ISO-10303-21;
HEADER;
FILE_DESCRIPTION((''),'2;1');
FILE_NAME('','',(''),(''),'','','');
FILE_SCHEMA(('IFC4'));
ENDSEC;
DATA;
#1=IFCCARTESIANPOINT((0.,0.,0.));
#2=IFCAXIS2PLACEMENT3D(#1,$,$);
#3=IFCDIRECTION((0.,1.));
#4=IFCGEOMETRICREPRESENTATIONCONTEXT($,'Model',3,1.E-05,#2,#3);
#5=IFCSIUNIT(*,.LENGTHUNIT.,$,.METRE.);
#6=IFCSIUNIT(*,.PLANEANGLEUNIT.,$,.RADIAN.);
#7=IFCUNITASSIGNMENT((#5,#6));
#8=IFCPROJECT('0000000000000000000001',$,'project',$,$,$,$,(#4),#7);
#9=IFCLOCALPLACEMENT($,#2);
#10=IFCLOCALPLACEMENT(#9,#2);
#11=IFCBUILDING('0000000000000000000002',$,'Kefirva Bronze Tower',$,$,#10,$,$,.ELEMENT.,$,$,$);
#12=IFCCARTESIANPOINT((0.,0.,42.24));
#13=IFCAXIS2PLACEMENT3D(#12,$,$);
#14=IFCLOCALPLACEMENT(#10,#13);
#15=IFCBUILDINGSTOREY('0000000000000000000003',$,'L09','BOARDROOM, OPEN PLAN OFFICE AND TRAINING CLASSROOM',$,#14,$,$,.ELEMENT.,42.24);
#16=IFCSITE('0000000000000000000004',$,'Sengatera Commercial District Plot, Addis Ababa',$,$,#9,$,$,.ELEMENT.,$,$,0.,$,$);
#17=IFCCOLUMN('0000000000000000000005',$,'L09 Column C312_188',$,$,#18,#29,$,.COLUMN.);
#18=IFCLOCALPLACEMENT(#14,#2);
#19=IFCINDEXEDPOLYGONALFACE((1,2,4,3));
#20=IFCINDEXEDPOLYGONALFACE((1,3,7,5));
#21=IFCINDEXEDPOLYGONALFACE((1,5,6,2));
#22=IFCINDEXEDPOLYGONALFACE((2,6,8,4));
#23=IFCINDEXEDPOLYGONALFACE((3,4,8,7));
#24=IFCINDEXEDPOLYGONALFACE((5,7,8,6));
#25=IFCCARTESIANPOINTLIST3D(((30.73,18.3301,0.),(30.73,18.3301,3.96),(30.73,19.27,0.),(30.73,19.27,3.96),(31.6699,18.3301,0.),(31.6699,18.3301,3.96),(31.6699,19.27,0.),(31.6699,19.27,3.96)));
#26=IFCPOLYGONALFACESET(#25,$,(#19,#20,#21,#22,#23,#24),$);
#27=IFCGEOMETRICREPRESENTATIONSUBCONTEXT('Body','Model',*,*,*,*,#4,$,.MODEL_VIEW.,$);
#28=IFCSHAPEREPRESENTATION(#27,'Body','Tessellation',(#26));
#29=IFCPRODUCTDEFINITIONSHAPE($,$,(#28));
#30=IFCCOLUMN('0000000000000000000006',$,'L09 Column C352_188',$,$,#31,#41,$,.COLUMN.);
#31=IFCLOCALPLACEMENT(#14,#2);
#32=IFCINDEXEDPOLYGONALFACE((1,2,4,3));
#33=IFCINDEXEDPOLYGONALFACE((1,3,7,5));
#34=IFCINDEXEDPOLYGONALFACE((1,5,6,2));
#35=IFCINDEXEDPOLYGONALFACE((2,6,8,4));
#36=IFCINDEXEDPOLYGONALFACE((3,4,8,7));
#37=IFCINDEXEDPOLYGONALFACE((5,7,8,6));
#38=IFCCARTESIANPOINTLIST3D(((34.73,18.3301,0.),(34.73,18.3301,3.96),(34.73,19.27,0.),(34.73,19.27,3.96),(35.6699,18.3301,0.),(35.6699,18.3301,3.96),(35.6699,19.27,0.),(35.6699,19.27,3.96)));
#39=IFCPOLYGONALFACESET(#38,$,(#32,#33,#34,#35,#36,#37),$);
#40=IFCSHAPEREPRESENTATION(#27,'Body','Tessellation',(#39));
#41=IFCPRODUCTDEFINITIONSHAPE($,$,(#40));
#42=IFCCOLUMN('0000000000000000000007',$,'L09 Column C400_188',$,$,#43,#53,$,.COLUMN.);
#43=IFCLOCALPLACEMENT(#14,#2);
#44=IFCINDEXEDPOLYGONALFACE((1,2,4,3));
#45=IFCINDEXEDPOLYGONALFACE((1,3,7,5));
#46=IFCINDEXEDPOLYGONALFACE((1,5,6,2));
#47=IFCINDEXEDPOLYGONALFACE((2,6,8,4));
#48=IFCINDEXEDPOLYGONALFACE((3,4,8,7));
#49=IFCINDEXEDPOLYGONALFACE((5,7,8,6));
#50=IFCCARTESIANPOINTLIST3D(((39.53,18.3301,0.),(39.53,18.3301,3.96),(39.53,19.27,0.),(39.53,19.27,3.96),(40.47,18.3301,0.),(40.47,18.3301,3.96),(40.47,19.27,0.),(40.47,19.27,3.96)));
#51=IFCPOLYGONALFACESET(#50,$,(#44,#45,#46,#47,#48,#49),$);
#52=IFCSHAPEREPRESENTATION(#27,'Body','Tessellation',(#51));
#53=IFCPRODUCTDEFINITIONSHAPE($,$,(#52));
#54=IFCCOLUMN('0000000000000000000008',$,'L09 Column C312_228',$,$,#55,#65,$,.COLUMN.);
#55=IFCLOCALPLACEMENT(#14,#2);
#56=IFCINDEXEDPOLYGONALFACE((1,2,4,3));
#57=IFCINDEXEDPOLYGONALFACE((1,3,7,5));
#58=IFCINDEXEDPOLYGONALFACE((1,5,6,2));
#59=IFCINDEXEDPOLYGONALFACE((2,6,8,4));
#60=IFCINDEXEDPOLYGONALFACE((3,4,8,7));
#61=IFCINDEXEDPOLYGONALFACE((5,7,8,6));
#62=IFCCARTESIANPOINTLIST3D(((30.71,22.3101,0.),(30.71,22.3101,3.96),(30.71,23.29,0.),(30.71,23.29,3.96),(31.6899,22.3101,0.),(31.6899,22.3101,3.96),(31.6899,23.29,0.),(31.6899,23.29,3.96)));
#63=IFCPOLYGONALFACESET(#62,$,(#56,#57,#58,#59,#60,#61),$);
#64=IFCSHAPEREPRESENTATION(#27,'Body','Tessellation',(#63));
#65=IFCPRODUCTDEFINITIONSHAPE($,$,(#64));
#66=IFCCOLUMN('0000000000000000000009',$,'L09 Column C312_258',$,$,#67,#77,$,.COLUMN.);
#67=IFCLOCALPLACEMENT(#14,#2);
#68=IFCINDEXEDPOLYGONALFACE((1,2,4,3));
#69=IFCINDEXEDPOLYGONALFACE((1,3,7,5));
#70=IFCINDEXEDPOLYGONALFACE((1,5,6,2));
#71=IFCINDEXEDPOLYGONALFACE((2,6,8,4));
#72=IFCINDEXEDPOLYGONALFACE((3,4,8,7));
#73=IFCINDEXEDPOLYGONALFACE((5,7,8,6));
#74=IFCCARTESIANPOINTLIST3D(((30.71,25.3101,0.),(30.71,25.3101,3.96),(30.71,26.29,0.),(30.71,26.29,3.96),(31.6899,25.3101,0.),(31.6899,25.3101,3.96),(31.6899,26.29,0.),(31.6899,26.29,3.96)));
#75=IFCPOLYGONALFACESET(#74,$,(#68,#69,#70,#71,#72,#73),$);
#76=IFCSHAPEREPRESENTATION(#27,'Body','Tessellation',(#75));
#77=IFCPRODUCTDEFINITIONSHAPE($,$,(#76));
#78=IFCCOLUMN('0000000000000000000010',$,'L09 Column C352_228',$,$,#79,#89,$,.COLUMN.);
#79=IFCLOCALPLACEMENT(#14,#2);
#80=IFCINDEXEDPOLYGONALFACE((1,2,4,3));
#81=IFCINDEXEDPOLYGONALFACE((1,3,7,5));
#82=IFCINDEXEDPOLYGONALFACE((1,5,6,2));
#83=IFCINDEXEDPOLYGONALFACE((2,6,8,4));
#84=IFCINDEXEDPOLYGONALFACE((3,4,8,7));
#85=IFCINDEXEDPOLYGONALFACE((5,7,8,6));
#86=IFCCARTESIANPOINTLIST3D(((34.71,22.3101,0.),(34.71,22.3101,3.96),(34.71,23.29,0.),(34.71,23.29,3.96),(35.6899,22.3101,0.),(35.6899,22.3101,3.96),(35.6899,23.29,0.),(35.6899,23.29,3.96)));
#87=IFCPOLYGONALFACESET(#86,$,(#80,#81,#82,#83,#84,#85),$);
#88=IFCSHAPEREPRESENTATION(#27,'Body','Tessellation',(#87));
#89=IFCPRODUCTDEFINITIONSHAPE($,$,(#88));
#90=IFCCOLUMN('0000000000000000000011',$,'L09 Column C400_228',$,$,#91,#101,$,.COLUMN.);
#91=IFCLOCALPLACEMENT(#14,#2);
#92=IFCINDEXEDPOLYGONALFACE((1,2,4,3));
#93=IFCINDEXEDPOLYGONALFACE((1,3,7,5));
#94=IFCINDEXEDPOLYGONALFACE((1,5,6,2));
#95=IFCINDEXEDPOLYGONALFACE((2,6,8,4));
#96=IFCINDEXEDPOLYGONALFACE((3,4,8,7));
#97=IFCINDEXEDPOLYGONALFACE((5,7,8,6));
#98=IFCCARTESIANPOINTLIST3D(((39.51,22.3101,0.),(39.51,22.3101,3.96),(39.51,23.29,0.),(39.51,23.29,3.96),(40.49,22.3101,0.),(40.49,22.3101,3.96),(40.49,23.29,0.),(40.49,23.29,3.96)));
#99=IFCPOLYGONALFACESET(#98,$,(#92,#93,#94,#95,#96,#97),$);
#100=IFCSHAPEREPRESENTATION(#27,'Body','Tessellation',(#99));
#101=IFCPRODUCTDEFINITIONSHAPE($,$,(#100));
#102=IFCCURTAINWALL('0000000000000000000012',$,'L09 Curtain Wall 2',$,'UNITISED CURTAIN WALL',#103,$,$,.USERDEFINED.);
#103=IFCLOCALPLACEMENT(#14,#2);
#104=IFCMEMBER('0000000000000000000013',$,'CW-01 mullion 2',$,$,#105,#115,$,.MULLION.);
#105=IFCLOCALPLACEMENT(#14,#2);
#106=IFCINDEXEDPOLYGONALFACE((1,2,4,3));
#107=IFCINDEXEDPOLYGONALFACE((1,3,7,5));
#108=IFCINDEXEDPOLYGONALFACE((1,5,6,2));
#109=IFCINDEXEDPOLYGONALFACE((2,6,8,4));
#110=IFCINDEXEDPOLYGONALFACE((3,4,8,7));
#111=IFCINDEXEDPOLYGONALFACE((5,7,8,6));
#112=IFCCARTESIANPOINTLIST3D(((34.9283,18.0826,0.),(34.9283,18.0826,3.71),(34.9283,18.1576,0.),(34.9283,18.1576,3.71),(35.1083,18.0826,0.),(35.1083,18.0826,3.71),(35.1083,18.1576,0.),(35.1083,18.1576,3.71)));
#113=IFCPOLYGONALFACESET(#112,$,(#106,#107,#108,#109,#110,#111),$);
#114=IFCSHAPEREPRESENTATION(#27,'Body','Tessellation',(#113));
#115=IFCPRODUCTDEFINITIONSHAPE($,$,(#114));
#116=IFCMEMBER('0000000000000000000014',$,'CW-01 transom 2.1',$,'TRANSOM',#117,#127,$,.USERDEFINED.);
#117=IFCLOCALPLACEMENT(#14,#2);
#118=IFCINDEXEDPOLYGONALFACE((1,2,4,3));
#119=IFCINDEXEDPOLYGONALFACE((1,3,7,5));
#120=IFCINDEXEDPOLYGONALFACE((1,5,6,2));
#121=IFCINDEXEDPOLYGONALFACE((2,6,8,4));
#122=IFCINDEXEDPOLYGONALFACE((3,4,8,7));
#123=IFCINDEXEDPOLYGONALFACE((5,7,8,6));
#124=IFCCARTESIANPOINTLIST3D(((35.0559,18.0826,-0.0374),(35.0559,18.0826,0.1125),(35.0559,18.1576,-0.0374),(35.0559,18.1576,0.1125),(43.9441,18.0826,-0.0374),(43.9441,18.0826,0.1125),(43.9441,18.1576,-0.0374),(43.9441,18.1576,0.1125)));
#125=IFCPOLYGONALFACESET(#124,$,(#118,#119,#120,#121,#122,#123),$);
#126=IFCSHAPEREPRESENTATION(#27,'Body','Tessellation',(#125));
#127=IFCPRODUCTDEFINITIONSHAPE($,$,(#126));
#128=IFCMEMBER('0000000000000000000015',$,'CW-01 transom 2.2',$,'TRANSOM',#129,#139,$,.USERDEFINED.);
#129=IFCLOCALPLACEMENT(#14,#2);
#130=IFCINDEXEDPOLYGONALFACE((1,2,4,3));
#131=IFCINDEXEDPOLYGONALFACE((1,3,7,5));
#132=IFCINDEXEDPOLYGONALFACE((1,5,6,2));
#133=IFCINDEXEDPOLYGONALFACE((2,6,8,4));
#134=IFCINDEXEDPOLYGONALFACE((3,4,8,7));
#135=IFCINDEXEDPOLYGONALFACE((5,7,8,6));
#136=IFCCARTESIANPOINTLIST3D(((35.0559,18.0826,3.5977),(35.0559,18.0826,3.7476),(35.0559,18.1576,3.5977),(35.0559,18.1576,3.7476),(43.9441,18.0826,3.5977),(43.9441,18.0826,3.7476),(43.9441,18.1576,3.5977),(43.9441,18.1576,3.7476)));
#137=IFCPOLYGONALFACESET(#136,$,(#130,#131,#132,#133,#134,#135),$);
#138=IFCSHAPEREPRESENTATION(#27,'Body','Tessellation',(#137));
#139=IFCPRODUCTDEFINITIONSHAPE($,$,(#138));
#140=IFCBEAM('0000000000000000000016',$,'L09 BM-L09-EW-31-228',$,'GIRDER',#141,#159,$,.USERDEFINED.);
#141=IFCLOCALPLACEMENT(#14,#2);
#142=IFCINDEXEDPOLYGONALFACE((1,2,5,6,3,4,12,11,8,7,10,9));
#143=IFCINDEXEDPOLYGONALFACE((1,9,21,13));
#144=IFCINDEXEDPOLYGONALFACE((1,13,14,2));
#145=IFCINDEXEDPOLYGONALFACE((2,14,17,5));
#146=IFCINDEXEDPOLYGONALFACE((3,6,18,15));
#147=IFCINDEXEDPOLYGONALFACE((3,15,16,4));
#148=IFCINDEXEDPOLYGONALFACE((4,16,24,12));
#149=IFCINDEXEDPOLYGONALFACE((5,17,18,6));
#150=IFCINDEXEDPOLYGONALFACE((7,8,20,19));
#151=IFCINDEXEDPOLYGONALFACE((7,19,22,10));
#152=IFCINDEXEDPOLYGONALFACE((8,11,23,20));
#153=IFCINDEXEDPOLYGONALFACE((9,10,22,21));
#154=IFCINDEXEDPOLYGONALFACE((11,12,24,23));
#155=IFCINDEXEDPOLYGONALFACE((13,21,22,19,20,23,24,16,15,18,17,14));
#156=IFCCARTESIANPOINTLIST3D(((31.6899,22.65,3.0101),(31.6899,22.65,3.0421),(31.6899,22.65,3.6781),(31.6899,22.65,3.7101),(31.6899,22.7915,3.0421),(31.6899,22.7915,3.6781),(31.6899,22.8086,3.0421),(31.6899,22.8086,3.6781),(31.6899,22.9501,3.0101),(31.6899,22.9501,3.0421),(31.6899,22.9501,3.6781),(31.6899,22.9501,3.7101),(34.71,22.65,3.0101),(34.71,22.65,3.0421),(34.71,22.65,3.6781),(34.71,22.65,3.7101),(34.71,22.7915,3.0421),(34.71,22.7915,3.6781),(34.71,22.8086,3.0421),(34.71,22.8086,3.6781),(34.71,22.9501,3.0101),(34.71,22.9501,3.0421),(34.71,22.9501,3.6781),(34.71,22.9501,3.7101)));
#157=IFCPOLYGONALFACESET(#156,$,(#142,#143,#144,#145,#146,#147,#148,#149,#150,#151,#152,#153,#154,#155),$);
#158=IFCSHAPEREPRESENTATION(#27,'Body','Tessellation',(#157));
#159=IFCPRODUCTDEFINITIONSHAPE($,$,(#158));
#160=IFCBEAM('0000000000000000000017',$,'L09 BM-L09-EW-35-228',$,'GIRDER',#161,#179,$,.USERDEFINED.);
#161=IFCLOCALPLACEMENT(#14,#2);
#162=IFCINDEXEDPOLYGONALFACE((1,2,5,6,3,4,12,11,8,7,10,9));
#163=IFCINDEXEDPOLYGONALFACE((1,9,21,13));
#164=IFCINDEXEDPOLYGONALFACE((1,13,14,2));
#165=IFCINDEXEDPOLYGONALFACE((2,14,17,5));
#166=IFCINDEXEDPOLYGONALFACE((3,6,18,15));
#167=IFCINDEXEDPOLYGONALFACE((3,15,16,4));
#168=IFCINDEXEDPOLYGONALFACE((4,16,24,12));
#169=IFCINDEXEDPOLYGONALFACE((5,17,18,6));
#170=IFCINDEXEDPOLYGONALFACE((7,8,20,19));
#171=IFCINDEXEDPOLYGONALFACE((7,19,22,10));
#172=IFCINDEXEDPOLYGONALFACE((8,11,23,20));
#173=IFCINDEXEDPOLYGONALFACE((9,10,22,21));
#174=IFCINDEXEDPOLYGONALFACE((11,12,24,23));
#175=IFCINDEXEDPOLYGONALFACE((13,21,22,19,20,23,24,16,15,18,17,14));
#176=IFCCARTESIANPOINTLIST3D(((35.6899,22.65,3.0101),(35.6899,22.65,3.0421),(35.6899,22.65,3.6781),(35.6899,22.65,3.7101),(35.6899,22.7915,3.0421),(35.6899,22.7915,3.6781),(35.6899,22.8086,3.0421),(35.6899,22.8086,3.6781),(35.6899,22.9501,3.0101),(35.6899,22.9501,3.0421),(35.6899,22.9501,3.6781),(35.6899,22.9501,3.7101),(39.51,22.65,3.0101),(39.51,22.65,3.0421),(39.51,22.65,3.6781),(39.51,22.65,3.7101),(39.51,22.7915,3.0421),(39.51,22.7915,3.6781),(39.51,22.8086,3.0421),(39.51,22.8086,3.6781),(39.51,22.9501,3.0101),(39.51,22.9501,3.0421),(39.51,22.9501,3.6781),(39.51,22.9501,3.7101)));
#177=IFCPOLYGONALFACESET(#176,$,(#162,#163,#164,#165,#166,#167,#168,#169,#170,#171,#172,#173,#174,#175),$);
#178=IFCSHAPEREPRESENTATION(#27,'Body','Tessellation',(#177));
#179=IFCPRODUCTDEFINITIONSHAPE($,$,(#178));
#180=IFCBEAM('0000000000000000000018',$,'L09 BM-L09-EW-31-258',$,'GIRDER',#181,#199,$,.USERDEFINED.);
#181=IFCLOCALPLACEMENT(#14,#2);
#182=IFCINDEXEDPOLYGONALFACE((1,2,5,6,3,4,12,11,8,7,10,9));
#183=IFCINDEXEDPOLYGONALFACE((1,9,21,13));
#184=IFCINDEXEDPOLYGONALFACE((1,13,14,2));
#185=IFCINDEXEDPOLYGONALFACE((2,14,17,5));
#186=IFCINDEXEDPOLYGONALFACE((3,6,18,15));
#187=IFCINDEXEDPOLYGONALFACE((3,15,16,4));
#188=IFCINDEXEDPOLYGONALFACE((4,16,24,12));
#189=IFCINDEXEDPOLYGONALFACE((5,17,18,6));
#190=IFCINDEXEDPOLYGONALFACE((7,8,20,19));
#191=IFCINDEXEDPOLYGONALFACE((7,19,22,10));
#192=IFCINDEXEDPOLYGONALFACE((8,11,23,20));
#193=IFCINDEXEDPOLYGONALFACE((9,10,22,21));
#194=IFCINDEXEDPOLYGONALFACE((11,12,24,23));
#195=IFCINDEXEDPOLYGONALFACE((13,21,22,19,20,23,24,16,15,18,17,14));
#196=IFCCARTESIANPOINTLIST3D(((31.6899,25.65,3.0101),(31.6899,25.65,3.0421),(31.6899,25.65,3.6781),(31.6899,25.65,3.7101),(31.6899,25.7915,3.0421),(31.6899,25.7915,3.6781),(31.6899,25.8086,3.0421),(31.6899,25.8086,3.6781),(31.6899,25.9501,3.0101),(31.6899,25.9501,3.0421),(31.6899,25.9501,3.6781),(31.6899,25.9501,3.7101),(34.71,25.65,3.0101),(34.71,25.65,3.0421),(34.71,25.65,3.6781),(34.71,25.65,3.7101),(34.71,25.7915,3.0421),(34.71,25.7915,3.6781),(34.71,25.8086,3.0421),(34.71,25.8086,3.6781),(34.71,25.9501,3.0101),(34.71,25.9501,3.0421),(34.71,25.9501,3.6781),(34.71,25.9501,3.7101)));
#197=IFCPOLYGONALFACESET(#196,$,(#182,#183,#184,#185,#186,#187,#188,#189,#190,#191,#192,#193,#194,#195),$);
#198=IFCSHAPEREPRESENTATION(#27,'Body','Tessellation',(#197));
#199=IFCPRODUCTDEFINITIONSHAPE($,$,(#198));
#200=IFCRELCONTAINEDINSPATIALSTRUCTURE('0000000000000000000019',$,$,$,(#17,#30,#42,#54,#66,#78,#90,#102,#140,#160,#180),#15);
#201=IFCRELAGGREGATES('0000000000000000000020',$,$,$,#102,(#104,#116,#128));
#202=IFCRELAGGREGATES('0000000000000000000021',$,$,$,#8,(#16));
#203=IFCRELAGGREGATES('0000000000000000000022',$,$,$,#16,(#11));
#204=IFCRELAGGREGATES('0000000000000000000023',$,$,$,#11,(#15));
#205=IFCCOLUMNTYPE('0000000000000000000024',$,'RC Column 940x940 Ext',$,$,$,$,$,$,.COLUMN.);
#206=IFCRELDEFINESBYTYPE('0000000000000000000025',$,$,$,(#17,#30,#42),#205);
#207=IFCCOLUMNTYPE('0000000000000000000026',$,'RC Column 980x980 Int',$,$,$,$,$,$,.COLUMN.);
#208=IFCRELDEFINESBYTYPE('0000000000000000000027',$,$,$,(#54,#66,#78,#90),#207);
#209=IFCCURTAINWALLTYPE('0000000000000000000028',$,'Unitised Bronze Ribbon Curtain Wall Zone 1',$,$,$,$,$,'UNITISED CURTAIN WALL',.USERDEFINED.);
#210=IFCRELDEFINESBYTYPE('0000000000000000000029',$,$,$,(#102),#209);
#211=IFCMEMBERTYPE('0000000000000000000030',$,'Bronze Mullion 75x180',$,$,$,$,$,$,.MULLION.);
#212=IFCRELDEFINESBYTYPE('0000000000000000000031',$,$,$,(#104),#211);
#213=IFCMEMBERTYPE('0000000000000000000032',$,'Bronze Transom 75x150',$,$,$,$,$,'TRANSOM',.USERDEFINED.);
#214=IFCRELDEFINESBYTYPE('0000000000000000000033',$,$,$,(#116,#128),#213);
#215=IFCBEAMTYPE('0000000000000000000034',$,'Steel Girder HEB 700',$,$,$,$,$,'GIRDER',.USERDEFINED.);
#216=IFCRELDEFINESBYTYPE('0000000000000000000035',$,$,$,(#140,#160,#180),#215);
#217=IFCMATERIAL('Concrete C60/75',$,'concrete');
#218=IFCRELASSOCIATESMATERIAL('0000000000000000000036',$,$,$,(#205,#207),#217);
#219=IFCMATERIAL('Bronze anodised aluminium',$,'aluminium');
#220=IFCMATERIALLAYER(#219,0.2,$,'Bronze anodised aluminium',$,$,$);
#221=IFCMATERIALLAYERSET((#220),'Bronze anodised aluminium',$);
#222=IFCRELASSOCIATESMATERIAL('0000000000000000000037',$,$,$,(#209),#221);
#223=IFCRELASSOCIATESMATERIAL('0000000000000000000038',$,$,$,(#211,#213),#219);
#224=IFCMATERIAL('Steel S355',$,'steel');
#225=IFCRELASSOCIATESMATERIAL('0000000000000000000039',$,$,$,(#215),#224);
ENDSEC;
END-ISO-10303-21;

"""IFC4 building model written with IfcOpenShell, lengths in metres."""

from ifc_helpers import new_model, si_unit, direction, frame, origin, origin_2d, place, context, subcontext, project, spatial, rectangle, i_section, extrude, material, layer, layer_set, material_profile, profile_set, type_object, element, aggregate, save


model = new_model("IFC4")

# Units and contexts
model_context = context("Model", 3, precision=1e-05, world=origin(), true_north=direction((0.0, 1.0)))
body_context = subcontext(model_context, "Body", "Model", "MODEL_VIEW")
ifc_project = project(units=[si_unit("LENGTHUNIT", "METRE"), si_unit("PLANEANGLEUNIT", "RADIAN")], contexts=[model_context])

# Site, building, storey
site_placement = place(None, origin())
site = spatial("IfcSite", under=ifc_project, at=site_placement, Name="Sengatera Commercial District Plot, Addis Ababa", CompositionType="ELEMENT", RefElevation=0.0)
building_placement = place(site_placement, origin())
building = spatial("IfcBuilding", under=site, at=building_placement, Name="Kefirva Bronze Tower", CompositionType="ELEMENT")
storey_placement = place(building_placement, frame((0.0, 0.0, 42.24)))
storey = spatial("IfcBuildingStorey", under=building, at=storey_placement, Name="L09", Description="BOARDROOM, OPEN PLAN OFFICE AND TRAINING CLASSROOM", CompositionType="ELEMENT", Elevation=42.24)

# Columns
ifc_material_1 = material(Name="Concrete C60/75", Category="concrete")
ifc_material_profile_1 = material_profile(ifc_material_1, rectangle(XDim=0.9399, YDim=0.9399, at=origin_2d()), Name="RC 940x940")
ifc_profile_set_1 = profile_set([ifc_material_profile_1], Name="Concrete C60/75")
column_type_1 = type_object("IfcColumnType", Name="RC Column 940x940 Ext", PredefinedType="COLUMN", material=ifc_profile_set_1)
for number, where, z_axis, x_axis, name in (
    (1, (31.2, 18.8, 0.0), (0.0, 0.0, 1.0), (1.0, 0.0, 0.0), "L09 Column C312_188"),
    (2, (35.2, 18.8, 0.0), (0.0, 0.0, 1.0), (1.0, 0.0, 0.0), "L09 Column C352_188"),
    (3, (40.0, 18.8, 0.0), (0.0, 0.0, 1.0), (1.0, 0.0, 0.0), "L09 Column C400_188"),
):
    element("IfcColumn", number, at=place(storey_placement, frame(where, z_axis=z_axis, x_axis=x_axis)), inside=storey, type_object=column_type_1, Name=name, PredefinedType="COLUMN", context=body_context, shape_type="SweptSolid", body=[
        extrude(rectangle(XDim=0.9399, YDim=0.9399, at=origin_2d()), origin(), (0.0, 0.0, 1.0), 3.96),
    ])
ifc_material_profile_2 = material_profile(ifc_material_1, rectangle(XDim=0.98, YDim=0.98, at=origin_2d()), Name="RC 980x980")
ifc_profile_set_2 = profile_set([ifc_material_profile_2], Name="Concrete C60/75")
column_type_2 = type_object("IfcColumnType", Name="RC Column 980x980 Int", PredefinedType="COLUMN", material=ifc_profile_set_2)
for number, where, z_axis, x_axis, name in (
    (4, (31.2, 22.8, 0.0), (0.0, 0.0, 1.0), (1.0, 0.0, 0.0), "L09 Column C312_228"),
    (5, (31.2, 25.8, 0.0), (0.0, 0.0, 1.0), (1.0, 0.0, 0.0), "L09 Column C312_258"),
    (6, (35.2, 22.8, 0.0), (0.0, 0.0, 1.0), (1.0, 0.0, 0.0), "L09 Column C352_228"),
    (7, (40.0, 22.8, 0.0), (0.0, 0.0, 1.0), (1.0, 0.0, 0.0), "L09 Column C400_228"),
):
    element("IfcColumn", number, at=place(storey_placement, frame(where, z_axis=z_axis, x_axis=x_axis)), inside=storey, type_object=column_type_2, Name=name, PredefinedType="COLUMN", context=body_context, shape_type="SweptSolid", body=[
        extrude(rectangle(XDim=0.98, YDim=0.98, at=origin_2d()), origin(), (0.0, 0.0, 1.0), 3.96),
    ])

# Curtain wall, members
ifc_material_2 = material(Name="Bronze anodised aluminium", Category="aluminium")
ifc_layer_1 = layer(ifc_material_2, 0.2, Name="Bronze anodised aluminium")
ifc_layer_set_1 = layer_set([ifc_layer_1], Name="Bronze anodised aluminium")
curtain_wall_type = type_object("IfcCurtainWallType", Name="Unitised Bronze Ribbon Curtain Wall Zone 1", ElementType="UNITISED CURTAIN WALL", PredefinedType="USERDEFINED", material=ifc_layer_set_1)
curtain_wall_placement = place(storey_placement, origin())
curtain_wall = element("IfcCurtainWall", 8, at=curtain_wall_placement, inside=storey, type_object=curtain_wall_type, Name="L09 Curtain Wall 2", ObjectType="UNITISED CURTAIN WALL", PredefinedType="USERDEFINED")
ifc_material_profile_3 = material_profile(ifc_material_2, rectangle(XDim=0.075, YDim=0.1799, at=origin_2d()), Name="ALU 75x180")
ifc_profile_set_3 = profile_set([ifc_material_profile_3], Name="Bronze anodised aluminium")
member_type_1 = type_object("IfcMemberType", Name="Bronze Mullion 75x180", PredefinedType="MULLION", material=ifc_profile_set_3)
member_1_placement = place(storey_placement, frame((35.0183, 18.1201, 0.0), z_axis=(0.0, 0.0, 1.0), x_axis=(0.0, 1.0, 0.0)))
member_1 = element("IfcMember", 9, at=member_1_placement, type_object=member_type_1, Name="CW-01 mullion 2", PredefinedType="MULLION", context=body_context, shape_type="SweptSolid", body=[
    extrude(rectangle(XDim=0.075, YDim=0.1799, at=origin_2d()), origin(), (0.0, 0.0, 1.0), 3.71),
])
ifc_material_profile_4 = material_profile(ifc_material_2, rectangle(XDim=0.075, YDim=0.1499, at=origin_2d()), Name="ALU 75x150")
ifc_profile_set_4 = profile_set([ifc_material_profile_4], Name="Bronze anodised aluminium")
member_type_2 = type_object("IfcMemberType", Name="Bronze Transom 75x150", ElementType="TRANSOM", PredefinedType="USERDEFINED", material=ifc_profile_set_4)
member_2_placement = place(storey_placement, frame((35.0559, 18.1201, 0.0376), z_axis=(1.0, 0.0, 0.0), x_axis=(0.0, 1.0, 0.0)))
member_2 = element("IfcMember", 10, at=member_2_placement, type_object=member_type_2, Name="CW-01 transom 2.1", ObjectType="TRANSOM", PredefinedType="USERDEFINED", context=body_context, shape_type="SweptSolid", body=[
    extrude(rectangle(XDim=0.075, YDim=0.1499, at=origin_2d()), origin(), (0.0, 0.0, 1.0), 8.8882),
])
member_3_placement = place(storey_placement, frame((35.0559, 18.1201, 3.6726), z_axis=(1.0, 0.0, 0.0), x_axis=(0.0, 1.0, 0.0)))
member_3 = element("IfcMember", 11, at=member_3_placement, type_object=member_type_2, Name="CW-01 transom 2.2", ObjectType="TRANSOM", PredefinedType="USERDEFINED", context=body_context, shape_type="SweptSolid", body=[
    extrude(rectangle(XDim=0.075, YDim=0.1499, at=origin_2d()), origin(), (0.0, 0.0, 1.0), 8.8882),
])

# Beams
ifc_material_3 = material(Name="Steel S355", Category="steel")
ifc_material_profile_5 = material_profile(ifc_material_3, i_section(OverallWidth=0.3, OverallDepth=0.7, WebThickness=0.0171, FlangeThickness=0.032, at=origin_2d()), Name="HEB 700")
ifc_profile_set_5 = profile_set([ifc_material_profile_5], Name="Steel S355")
beam_type_1 = type_object("IfcBeamType", Name="Steel Girder HEB 700", ElementType="GIRDER", PredefinedType="USERDEFINED", material=ifc_profile_set_5)
beam_1_placement = place(storey_placement, frame((31.6899, 22.8, 3.3601), z_axis=(1.0, 0.0, 0.0), x_axis=(0.0, 1.0, 0.0)))
element("IfcBeam", 12, at=beam_1_placement, inside=storey, type_object=beam_type_1, Name="L09 BM-L09-EW-31-228", ObjectType="GIRDER", PredefinedType="USERDEFINED", context=body_context, shape_type="SweptSolid", body=[
    extrude(i_section(OverallWidth=0.3, OverallDepth=0.7, WebThickness=0.0171, FlangeThickness=0.032, at=origin_2d()), origin(), (0.0, 0.0, 1.0), 3.02),
])
beam_2_placement = place(storey_placement, frame((35.6899, 22.8, 3.3601), z_axis=(1.0, 0.0, 0.0), x_axis=(0.0, 1.0, 0.0)))
element("IfcBeam", 13, at=beam_2_placement, inside=storey, type_object=beam_type_1, Name="L09 BM-L09-EW-35-228", ObjectType="GIRDER", PredefinedType="USERDEFINED", context=body_context, shape_type="SweptSolid", body=[
    extrude(i_section(OverallWidth=0.3, OverallDepth=0.7, WebThickness=0.0171, FlangeThickness=0.032, at=origin_2d()), origin(), (0.0, 0.0, 1.0), 3.8201),
])
beam_3_placement = place(storey_placement, frame((31.6899, 25.8, 3.3601), z_axis=(1.0, 0.0, 0.0), x_axis=(0.0, 1.0, 0.0)))
element("IfcBeam", 14, at=beam_3_placement, inside=storey, type_object=beam_type_1, Name="L09 BM-L09-EW-31-258", ObjectType="GIRDER", PredefinedType="USERDEFINED", context=body_context, shape_type="SweptSolid", body=[
    extrude(i_section(OverallWidth=0.3, OverallDepth=0.7, WebThickness=0.0171, FlangeThickness=0.032, at=origin_2d()), origin(), (0.0, 0.0, 1.0), 3.02),
])

aggregate(curtain_wall, [member_1, member_2, member_3])

save(model, "model.ifc")
